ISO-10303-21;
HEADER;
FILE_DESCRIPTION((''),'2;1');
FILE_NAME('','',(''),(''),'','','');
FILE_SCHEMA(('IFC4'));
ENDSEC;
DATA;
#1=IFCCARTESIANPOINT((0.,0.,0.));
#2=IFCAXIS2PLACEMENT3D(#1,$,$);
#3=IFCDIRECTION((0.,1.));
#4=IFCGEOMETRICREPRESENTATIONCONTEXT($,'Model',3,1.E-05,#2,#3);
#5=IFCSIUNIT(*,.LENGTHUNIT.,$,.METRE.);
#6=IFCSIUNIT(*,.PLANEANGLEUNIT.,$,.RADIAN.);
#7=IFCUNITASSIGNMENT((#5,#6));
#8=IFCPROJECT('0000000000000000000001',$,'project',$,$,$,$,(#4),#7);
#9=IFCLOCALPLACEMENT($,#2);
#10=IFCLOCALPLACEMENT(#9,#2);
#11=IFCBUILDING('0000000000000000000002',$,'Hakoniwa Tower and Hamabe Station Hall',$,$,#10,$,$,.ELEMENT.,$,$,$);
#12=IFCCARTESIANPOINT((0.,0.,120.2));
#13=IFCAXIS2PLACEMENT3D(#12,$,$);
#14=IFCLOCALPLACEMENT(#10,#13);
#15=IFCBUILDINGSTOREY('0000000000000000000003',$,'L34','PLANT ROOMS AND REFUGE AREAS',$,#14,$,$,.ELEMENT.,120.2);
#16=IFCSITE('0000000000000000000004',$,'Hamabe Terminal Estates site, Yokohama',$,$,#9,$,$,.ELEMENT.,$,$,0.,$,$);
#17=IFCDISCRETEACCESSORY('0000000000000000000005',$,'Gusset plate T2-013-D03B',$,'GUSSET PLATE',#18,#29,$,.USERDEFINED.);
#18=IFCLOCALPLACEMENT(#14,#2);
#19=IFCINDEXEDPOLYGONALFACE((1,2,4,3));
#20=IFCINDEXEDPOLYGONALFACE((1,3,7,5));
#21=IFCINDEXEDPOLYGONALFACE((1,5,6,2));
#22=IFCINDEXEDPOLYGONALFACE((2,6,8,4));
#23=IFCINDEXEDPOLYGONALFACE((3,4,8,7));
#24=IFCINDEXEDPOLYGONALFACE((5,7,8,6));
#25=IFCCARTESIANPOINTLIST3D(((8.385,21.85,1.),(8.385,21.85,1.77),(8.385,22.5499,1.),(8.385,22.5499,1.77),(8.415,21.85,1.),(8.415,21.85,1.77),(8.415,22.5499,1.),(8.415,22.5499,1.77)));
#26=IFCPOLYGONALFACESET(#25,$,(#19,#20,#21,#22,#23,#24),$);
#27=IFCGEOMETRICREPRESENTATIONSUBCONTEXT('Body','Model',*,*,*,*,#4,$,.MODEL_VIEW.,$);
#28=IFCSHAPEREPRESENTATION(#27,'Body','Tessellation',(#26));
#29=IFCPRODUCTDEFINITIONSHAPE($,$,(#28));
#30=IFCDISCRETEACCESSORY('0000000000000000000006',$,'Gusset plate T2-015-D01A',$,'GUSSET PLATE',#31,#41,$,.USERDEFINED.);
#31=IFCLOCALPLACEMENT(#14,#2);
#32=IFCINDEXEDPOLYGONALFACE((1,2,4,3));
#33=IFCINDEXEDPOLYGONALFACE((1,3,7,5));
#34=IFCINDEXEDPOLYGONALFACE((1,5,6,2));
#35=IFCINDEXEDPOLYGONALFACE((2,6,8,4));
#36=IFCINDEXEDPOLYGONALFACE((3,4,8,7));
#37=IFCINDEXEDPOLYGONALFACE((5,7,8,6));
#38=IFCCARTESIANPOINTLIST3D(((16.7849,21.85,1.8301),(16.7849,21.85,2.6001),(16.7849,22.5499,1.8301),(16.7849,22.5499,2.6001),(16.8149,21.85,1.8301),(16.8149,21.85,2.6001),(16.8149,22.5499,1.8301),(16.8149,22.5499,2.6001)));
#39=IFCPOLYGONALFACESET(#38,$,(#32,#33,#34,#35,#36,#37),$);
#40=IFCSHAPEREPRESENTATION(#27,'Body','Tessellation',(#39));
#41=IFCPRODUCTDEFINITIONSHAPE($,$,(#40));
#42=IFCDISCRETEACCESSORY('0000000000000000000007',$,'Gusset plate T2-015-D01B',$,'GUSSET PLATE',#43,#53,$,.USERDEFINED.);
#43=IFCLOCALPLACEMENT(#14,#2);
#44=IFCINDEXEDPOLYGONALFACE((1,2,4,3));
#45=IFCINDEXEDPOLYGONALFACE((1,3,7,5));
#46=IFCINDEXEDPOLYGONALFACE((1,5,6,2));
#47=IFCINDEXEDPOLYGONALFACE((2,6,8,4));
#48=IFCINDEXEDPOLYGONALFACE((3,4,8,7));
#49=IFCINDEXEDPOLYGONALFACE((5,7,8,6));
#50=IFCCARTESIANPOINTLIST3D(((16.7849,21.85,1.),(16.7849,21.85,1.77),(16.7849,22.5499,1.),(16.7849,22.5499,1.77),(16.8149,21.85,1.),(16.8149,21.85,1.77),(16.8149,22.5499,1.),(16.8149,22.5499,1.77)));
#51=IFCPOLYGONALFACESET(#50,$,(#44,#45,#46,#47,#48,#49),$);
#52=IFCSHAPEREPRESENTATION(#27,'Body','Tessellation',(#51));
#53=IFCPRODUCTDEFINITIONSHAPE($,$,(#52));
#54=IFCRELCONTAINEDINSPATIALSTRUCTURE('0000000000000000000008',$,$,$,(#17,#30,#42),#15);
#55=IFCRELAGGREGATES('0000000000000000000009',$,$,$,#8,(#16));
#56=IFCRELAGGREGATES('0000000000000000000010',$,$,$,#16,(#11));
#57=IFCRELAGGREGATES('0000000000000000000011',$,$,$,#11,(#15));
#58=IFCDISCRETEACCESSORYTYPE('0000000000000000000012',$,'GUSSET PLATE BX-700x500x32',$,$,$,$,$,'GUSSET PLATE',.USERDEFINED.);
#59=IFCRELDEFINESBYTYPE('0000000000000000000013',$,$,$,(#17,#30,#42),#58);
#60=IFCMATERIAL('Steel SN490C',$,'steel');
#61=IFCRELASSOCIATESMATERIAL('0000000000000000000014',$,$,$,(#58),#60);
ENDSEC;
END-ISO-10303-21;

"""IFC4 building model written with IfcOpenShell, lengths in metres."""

from ifc_helpers import new_model, si_unit, direction, frame, origin, origin_2d, place, context, subcontext, project, spatial, rectangle, extrude, material, material_profile, profile_set, type_object, element, save


model = new_model("IFC4")

# Units and contexts
model_context = context("Model", 3, precision=1e-05, world=origin(), true_north=direction((0.0, 1.0)))
body_context = subcontext(model_context, "Body", "Model", "MODEL_VIEW")
ifc_project = project(units=[si_unit("LENGTHUNIT", "METRE"), si_unit("PLANEANGLEUNIT", "RADIAN")], contexts=[model_context])

# Site, building, storey
site_placement = place(None, origin())
site = spatial("IfcSite", under=ifc_project, at=site_placement, Name="Hamabe Terminal Estates site, Yokohama", CompositionType="ELEMENT", RefElevation=0.0)
building_placement = place(site_placement, origin())
building = spatial("IfcBuilding", under=site, at=building_placement, Name="Hakoniwa Tower and Hamabe Station Hall", CompositionType="ELEMENT")
storey_placement = place(building_placement, frame((0.0, 0.0, 120.2)))
storey = spatial("IfcBuildingStorey", under=building, at=storey_placement, Name="L34", Description="PLANT ROOMS AND REFUGE AREAS", CompositionType="ELEMENT", Elevation=120.2)

# Discrete accessories
ifc_material_1 = material(Name="Steel SN490C", Category="steel")
ifc_material_profile_1 = material_profile(ifc_material_1, rectangle(XDim=0.7, YDim=0.77, at=origin_2d()), Name="GUSSET PLATE BX-700x500x32")
ifc_profile_set_1 = profile_set([ifc_material_profile_1], Name="Steel SN490C")
discrete_accessory_type = type_object("IfcDiscreteAccessoryType", Name="GUSSET PLATE BX-700x500x32", ElementType="GUSSET PLATE", PredefinedType="USERDEFINED", material=ifc_profile_set_1)
for number, where, z_axis, x_axis, name in (
    (1, (8.415, 22.2, 1.385), (-1.0, 0.0, 0.0), (0.0, -1.0, 0.0), "Gusset plate T2-013-D03B"),
    (2, (16.8149, 22.2, 2.2151), (-1.0, 0.0, 0.0), (0.0, -1.0, 0.0), "Gusset plate T2-015-D01A"),
    (3, (16.8149, 22.2, 1.385), (-1.0, 0.0, 0.0), (0.0, -1.0, 0.0), "Gusset plate T2-015-D01B"),
):
    element("IfcDiscreteAccessory", number, at=place(storey_placement, frame(where, z_axis=z_axis, x_axis=x_axis)), inside=storey, type_object=discrete_accessory_type, Name=name, ObjectType="GUSSET PLATE", PredefinedType="USERDEFINED", context=body_context, shape_type="SweptSolid", body=[
        extrude(rectangle(XDim=0.7, YDim=0.77, at=origin_2d()), origin(), (0.0, 0.0, 1.0), 0.03),
    ])

save(model, "model.ifc")
